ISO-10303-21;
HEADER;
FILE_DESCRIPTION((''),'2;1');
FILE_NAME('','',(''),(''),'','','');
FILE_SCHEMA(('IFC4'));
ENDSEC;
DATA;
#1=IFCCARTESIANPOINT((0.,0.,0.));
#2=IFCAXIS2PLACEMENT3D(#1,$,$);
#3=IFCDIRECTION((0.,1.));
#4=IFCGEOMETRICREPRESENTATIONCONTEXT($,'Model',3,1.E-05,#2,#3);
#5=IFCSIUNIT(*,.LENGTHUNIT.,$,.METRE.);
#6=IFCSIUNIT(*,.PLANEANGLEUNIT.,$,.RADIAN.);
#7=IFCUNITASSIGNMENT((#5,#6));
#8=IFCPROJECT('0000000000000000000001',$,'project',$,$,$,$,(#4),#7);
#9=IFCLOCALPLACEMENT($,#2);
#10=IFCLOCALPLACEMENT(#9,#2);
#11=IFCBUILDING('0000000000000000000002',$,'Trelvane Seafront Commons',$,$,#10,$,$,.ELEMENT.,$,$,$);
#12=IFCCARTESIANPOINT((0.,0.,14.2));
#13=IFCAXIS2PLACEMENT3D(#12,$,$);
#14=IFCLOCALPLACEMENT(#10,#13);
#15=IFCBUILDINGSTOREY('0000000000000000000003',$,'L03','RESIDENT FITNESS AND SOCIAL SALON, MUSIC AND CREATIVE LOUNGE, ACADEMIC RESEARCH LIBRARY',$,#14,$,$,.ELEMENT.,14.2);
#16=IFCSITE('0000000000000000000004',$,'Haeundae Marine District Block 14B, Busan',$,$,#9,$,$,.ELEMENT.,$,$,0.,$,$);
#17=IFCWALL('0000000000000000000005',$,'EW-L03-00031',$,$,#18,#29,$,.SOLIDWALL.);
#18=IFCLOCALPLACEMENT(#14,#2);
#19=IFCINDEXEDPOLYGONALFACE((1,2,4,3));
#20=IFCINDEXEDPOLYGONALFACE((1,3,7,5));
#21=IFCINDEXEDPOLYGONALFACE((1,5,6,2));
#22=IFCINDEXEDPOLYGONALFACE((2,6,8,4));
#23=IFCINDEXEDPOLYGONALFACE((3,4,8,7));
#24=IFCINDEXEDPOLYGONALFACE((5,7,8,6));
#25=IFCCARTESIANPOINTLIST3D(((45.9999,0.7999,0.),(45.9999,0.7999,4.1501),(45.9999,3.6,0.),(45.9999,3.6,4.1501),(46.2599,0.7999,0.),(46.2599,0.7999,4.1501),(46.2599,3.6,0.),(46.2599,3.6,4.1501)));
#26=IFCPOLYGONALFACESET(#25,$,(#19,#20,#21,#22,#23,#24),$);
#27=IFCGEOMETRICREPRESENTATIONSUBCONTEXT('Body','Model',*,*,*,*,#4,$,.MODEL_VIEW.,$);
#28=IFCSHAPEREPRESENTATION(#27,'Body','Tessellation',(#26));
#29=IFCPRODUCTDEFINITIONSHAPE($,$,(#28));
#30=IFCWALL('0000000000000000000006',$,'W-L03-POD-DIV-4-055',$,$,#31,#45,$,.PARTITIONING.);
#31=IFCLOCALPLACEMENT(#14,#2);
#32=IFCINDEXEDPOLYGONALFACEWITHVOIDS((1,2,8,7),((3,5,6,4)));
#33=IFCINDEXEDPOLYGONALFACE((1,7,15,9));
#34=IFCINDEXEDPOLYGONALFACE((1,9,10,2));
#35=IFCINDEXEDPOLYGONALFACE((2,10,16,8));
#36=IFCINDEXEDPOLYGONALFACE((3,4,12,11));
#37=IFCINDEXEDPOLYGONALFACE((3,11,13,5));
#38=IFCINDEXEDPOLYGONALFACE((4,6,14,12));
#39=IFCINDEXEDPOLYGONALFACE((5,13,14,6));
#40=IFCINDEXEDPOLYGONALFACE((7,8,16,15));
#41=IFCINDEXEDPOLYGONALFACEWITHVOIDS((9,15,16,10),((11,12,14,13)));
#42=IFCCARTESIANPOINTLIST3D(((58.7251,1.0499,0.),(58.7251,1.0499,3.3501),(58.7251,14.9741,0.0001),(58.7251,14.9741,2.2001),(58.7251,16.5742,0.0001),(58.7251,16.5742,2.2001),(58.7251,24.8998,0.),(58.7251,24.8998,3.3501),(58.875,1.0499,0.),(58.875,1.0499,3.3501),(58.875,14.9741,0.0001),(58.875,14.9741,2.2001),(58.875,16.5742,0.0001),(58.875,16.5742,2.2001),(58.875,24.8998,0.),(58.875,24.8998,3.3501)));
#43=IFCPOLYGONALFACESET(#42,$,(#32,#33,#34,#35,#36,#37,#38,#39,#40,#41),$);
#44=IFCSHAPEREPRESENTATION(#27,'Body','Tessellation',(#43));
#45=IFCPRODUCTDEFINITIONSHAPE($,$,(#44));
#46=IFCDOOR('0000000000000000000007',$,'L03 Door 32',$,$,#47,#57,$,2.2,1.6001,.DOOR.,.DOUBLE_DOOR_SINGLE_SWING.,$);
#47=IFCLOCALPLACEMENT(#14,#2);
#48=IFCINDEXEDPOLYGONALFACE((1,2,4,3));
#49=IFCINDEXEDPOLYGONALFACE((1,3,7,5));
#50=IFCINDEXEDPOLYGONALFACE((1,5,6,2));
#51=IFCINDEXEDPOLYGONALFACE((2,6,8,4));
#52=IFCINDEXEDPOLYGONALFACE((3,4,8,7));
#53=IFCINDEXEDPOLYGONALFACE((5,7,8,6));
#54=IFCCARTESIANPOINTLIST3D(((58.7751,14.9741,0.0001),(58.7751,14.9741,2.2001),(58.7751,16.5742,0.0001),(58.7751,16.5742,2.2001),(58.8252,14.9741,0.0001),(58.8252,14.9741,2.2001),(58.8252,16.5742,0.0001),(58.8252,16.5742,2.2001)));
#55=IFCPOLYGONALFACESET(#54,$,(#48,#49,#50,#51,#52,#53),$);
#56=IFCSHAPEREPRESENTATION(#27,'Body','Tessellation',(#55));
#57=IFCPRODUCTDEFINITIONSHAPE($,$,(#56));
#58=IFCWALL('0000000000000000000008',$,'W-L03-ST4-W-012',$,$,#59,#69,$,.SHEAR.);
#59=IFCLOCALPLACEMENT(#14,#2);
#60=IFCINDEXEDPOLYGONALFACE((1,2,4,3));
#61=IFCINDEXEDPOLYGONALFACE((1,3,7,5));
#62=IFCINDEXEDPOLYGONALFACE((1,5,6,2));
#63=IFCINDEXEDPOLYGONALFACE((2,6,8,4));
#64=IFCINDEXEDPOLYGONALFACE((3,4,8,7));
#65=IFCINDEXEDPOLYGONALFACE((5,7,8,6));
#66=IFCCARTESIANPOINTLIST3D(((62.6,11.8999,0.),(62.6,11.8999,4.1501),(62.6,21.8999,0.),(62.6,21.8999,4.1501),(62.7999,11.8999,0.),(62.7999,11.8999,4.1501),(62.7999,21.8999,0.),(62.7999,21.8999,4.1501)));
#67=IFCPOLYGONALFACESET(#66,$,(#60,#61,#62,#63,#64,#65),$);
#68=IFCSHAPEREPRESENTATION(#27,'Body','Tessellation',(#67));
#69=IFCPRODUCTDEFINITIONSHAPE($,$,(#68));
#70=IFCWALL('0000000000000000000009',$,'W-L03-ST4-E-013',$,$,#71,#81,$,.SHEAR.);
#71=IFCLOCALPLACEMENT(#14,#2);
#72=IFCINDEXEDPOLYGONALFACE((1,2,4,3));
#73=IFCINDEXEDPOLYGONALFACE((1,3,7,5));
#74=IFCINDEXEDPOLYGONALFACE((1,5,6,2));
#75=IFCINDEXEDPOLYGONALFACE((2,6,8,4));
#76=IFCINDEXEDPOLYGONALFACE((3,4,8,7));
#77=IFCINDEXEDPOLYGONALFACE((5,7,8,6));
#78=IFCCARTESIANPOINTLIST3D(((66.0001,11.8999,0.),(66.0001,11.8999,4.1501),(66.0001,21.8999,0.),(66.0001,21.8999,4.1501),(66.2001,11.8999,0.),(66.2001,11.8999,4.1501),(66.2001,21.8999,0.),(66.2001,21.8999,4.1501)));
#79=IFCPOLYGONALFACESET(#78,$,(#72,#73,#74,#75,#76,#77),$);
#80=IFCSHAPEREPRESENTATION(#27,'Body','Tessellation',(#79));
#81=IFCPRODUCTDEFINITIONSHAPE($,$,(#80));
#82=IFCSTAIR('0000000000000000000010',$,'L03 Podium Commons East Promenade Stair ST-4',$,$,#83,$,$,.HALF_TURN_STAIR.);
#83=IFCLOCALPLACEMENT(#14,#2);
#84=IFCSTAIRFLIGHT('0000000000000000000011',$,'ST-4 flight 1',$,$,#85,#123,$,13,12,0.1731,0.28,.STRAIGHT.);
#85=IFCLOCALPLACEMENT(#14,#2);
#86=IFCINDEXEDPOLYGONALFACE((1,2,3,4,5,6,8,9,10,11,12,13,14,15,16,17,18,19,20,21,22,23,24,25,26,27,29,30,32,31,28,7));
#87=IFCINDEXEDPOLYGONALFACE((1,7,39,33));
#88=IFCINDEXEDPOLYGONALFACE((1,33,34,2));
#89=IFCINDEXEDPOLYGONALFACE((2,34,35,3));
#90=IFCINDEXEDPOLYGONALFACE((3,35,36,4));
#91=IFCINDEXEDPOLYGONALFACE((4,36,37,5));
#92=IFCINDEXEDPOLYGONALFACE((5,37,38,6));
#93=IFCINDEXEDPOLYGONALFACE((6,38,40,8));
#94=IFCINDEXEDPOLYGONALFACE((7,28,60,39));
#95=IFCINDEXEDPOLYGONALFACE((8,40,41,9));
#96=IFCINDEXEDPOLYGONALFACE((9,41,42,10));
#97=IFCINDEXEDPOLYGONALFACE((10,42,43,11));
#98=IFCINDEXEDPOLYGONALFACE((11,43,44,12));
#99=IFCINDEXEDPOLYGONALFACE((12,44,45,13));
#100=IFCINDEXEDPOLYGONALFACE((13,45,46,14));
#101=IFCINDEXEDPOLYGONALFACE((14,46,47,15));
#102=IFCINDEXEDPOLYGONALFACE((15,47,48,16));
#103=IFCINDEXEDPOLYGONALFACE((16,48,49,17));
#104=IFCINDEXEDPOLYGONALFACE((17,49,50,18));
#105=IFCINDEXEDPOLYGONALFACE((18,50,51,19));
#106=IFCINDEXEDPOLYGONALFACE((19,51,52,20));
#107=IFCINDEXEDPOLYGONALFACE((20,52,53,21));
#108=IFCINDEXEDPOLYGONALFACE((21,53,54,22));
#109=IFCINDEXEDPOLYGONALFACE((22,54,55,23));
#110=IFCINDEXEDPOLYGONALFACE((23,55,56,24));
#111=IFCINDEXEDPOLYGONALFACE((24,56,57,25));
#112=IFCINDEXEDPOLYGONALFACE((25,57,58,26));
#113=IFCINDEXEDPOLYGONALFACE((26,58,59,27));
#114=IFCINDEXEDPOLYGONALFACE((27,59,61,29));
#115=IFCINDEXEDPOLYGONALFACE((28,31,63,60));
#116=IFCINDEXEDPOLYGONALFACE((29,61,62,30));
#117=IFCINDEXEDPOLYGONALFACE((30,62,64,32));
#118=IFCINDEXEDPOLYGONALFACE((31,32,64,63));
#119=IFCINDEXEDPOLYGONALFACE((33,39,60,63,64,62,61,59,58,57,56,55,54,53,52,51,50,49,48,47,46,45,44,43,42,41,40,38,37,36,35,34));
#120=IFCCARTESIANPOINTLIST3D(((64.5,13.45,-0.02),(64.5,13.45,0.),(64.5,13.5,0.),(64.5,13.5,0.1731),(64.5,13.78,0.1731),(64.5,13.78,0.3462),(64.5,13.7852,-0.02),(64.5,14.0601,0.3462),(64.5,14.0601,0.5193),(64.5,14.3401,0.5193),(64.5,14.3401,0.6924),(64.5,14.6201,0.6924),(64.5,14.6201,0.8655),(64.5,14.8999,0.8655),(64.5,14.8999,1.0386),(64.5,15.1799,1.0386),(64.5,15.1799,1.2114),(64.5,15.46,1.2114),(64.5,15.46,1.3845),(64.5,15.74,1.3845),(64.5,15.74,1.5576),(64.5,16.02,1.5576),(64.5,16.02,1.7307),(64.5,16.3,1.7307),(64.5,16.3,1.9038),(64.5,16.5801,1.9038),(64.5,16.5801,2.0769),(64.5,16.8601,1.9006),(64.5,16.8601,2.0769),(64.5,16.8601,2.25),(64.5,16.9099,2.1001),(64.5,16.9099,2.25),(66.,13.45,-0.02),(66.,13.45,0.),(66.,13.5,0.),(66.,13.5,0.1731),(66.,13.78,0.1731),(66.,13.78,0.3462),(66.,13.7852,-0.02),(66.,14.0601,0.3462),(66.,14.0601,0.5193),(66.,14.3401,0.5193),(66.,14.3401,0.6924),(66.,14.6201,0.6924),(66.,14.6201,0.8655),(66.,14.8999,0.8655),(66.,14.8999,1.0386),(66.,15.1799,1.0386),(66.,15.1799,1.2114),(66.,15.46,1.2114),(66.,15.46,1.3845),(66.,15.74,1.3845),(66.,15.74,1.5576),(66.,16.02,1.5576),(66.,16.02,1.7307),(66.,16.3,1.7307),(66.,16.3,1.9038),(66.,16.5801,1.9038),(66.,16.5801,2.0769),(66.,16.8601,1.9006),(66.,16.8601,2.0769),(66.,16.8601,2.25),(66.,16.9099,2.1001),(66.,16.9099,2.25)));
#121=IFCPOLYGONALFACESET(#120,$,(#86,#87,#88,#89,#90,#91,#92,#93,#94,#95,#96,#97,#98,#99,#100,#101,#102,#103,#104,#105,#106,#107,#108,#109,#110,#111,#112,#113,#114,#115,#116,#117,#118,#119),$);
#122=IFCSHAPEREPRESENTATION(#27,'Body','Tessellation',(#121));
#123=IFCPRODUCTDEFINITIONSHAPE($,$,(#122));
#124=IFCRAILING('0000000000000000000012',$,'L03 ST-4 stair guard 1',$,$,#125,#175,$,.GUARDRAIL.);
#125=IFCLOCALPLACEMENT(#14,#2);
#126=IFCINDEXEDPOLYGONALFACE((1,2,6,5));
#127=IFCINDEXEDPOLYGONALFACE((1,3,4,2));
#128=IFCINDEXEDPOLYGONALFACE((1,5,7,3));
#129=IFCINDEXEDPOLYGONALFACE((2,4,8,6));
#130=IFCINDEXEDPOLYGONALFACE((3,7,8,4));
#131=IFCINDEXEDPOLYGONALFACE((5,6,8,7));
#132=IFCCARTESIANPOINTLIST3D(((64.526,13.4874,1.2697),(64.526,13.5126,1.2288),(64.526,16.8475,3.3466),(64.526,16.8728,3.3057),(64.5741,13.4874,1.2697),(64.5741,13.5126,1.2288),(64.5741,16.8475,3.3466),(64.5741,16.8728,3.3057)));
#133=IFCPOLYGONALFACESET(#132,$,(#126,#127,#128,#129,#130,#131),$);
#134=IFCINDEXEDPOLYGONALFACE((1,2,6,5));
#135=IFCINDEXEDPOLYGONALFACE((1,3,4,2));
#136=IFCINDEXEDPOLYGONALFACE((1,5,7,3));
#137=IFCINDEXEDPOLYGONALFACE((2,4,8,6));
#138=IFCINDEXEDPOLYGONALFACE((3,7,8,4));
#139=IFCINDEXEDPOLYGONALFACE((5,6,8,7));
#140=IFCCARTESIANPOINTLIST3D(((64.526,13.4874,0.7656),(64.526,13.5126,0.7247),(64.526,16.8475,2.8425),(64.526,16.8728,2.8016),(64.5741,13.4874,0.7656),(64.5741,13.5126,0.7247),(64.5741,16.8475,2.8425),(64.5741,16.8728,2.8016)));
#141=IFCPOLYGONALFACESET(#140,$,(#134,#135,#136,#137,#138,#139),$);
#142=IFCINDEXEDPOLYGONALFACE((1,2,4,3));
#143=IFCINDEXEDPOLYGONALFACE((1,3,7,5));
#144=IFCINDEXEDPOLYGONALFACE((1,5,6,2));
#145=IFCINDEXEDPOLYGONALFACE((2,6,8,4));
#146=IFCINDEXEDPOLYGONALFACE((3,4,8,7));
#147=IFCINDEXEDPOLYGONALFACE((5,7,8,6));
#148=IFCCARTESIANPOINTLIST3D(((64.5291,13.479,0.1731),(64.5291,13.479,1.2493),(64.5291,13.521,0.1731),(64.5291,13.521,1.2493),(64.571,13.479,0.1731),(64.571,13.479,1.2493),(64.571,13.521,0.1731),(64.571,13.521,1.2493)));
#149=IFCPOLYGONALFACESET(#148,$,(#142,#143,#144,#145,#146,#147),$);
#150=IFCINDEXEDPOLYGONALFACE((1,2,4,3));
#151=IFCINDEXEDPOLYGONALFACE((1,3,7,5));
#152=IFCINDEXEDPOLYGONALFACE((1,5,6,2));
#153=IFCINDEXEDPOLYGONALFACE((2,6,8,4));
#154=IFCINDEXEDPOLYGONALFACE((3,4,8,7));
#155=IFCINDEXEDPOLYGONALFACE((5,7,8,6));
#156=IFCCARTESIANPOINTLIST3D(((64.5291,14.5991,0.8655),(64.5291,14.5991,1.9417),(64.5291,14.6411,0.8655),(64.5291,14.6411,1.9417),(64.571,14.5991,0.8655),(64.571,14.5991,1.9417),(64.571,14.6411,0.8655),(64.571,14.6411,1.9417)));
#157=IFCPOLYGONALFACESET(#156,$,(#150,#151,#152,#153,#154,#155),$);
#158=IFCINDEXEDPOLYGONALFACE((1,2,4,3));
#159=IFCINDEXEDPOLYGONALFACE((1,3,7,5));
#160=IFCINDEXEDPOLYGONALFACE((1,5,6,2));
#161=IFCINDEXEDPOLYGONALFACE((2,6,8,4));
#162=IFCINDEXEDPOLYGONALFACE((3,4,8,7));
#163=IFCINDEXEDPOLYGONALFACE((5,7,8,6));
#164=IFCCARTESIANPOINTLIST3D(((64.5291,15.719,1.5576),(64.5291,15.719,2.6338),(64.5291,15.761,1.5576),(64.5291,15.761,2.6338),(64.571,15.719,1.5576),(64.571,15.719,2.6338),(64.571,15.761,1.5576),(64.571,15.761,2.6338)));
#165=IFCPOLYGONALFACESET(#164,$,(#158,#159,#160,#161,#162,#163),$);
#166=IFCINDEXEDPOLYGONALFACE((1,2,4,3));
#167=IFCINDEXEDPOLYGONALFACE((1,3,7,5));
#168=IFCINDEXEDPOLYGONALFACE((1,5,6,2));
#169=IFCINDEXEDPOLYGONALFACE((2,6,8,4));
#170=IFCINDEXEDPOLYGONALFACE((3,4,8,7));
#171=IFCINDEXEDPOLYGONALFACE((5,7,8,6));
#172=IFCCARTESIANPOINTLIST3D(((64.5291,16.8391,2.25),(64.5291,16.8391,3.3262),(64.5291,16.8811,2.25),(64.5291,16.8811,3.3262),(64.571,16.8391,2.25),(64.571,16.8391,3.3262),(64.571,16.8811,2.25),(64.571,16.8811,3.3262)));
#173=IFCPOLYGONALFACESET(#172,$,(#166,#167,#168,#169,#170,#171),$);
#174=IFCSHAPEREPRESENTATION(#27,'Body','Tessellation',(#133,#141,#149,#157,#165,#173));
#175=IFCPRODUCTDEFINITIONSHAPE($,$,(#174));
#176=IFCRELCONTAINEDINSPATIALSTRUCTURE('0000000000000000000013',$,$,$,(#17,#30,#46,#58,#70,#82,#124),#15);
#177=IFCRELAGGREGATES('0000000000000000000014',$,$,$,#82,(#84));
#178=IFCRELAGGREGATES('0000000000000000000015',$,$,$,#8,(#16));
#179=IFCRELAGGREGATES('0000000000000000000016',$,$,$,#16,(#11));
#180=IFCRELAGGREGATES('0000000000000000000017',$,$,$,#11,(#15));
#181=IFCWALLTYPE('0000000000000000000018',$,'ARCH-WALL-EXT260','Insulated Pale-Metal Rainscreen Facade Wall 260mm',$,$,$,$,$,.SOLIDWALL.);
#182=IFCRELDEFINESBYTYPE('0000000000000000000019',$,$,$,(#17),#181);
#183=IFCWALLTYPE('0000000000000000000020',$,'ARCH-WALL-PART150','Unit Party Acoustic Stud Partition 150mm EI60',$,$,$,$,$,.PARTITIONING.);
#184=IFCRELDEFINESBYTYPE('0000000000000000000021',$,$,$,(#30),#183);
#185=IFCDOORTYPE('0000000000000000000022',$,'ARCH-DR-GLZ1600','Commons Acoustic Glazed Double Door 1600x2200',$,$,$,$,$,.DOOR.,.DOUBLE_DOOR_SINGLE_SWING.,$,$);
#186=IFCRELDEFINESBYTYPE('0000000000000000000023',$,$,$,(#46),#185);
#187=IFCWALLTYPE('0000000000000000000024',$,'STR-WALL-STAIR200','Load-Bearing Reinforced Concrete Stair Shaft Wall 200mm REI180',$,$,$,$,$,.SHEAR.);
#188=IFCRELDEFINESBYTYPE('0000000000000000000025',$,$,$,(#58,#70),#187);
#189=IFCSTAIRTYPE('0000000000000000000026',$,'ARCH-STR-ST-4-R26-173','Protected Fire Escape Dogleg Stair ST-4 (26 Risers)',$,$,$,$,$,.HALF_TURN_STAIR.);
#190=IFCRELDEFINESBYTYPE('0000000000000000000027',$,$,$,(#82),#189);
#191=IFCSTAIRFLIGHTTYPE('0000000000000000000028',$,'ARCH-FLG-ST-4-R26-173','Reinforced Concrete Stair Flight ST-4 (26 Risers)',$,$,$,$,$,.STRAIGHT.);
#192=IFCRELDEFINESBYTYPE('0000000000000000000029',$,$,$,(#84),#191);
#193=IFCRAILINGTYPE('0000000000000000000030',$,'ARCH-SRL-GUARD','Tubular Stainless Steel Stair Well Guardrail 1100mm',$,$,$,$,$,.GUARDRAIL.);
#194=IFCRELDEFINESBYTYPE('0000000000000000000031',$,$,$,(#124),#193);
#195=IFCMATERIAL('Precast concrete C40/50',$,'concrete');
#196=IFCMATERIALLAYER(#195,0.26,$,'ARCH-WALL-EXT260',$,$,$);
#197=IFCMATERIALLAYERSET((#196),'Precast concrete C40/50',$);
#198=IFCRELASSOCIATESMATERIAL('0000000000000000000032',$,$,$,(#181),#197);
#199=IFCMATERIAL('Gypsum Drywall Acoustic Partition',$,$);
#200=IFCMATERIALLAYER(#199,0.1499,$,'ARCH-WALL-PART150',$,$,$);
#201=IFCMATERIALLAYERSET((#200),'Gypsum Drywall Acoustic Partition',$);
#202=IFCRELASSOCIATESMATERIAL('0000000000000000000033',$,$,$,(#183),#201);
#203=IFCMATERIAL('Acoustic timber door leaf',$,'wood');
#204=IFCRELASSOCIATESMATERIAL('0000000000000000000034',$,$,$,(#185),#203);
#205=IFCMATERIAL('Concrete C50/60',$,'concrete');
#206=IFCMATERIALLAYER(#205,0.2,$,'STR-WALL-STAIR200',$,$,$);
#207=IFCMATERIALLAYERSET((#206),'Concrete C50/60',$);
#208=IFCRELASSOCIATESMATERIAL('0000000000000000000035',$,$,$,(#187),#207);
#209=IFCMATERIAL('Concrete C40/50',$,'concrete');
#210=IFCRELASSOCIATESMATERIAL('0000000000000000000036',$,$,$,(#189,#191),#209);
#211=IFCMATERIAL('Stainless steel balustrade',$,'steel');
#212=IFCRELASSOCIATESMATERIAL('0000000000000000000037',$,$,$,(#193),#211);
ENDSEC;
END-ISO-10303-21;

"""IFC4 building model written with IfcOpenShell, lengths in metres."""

from ifc_helpers import new_model, si_unit, direction, frame, frame_2d, origin, origin_2d, place, context, subcontext, project, spatial, polyline, rectangle, outline, extrude, source, transform, mapped, material, layer, layer_set, type_object, element, fill, aggregate, save


model = new_model("IFC4")

# Units and contexts
model_context = context("Model", 3, precision=1e-05, world=origin(), true_north=direction((0.0, 1.0)))
body_context = subcontext(model_context, "Body", "Model", "MODEL_VIEW")
ifc_project = project(units=[si_unit("LENGTHUNIT", "METRE"), si_unit("PLANEANGLEUNIT", "RADIAN")], contexts=[model_context])

# Site, building, storey
site_placement = place(None, origin())
site = spatial("IfcSite", under=ifc_project, at=site_placement, Name="Haeundae Marine District Block 14B, Busan", CompositionType="ELEMENT", RefElevation=0.0)
building_placement = place(site_placement, origin())
building = spatial("IfcBuilding", under=site, at=building_placement, Name="Trelvane Seafront Commons", CompositionType="ELEMENT")
storey_placement = place(building_placement, frame((0.0, 0.0, 14.2)))
storey = spatial("IfcBuildingStorey", under=building, at=storey_placement, Name="L03", Description="RESIDENT FITNESS AND SOCIAL SALON, MUSIC AND CREATIVE LOUNGE, ACADEMIC RESEARCH LIBRARY", CompositionType="ELEMENT", Elevation=14.2)

# Shared definitions
ifc_material_1 = material(Name="Concrete C50/60", Category="concrete")

# Shared definitions
ifc_material_2 = material(Name="Precast concrete C40/50", Category="concrete")
ifc_layer_1 = layer(ifc_material_2, 0.26, Name="ARCH-WALL-EXT260")
ifc_layer_set_1 = layer_set([ifc_layer_1], Name="Precast concrete C40/50")
wall_type_1 = type_object("IfcWallType", Name="ARCH-WALL-EXT260", Description="Insulated Pale-Metal Rainscreen Facade Wall 260mm", PredefinedType="SOLIDWALL", material=ifc_layer_set_1)

# Wall
wall_1_placement = place(storey_placement, frame((46.1299, 0.8, 0.0), z_axis=(0.0, 0.0, 1.0), x_axis=(0.0, 1.0, 0.0)))
element("IfcWall", 1, at=wall_1_placement, inside=storey, type_object=wall_type_1, Name="EW-L03-00031", PredefinedType="SOLIDWALL", context=body_context, shape_type="SweptSolid", body=[
    extrude(rectangle(XDim=2.8, YDim=0.26, at=frame_2d((1.3999, 0.0))), origin(), (0.0, 0.0, 1.0), 4.1501),
])

# Wall, opening, door
ifc_material_3 = material(Name="Gypsum Drywall Acoustic Partition")
ifc_layer_2 = layer(ifc_material_3, 0.1499, Name="ARCH-WALL-PART150")
ifc_layer_set_2 = layer_set([ifc_layer_2], Name="Gypsum Drywall Acoustic Partition")
wall_type_2 = type_object("IfcWallType", Name="ARCH-WALL-PART150", Description="Unit Party Acoustic Stud Partition 150mm EI60", PredefinedType="PARTITIONING", material=ifc_layer_set_2)
wall_2_placement = place(storey_placement, frame((58.8, 1.05, 0.0), z_axis=(0.0, 0.0, 1.0), x_axis=(0.0, 1.0, 0.0)))
wall_2 = element("IfcWall", 2, at=wall_2_placement, inside=storey, type_object=wall_type_2, Name="W-L03-POD-DIV-4-055", PredefinedType="PARTITIONING", context=body_context, shape_type="SweptSolid", body=[
    extrude(rectangle(XDim=23.8499, YDim=0.1499, at=frame_2d((11.9248, 0.0))), origin(), (0.0, 0.0, 1.0), 3.3501),
])
opening_1_placement = place(wall_2_placement, frame((13.9241, 0.0, 0.0)))
opening_1 = element("IfcOpeningElement", 3, at=opening_1_placement, cuts=wall_2, PredefinedType="OPENING", context=body_context, shape_type="SweptSolid", body=[
    extrude(rectangle(XDim=1.6001, YDim=2.2, at=frame_2d((0.8, 1.1001))), frame((0.0, 0.085, 0.0), z_axis=(0.0, -1.0, 0.0), x_axis=(1.0, 0.0, 0.0)), (0.0, 0.0, 1.0), 0.1699),
])
ifc_material_4 = material(Name="Acoustic timber door leaf", Category="wood")
door_type_1 = type_object("IfcDoorType", Name="ARCH-DR-GLZ1600", Description="Commons Acoustic Glazed Double Door 1600x2200", OperationType="DOUBLE_DOOR_SINGLE_SWING", PredefinedType="DOOR", material=ifc_material_4)
shared_shape_1 = source(origin(), body_context, "Body", "SweptSolid", [
    extrude(rectangle(XDim=1.6001, YDim=2.2, at=frame_2d((0.8, 1.1001))), frame((0.0, 0.0249, 0.0), z_axis=(0.0, -1.0, 0.0), x_axis=(1.0, 0.0, 0.0)), (0.0, 0.0, 1.0), 0.05),
])
door_1_placement = place(opening_1_placement, origin())
door_1 = element("IfcDoor", 4, at=door_1_placement, inside=storey, type_object=door_type_1, Name="L03 Door 32", OperationType="DOUBLE_DOOR_SINGLE_SWING", OverallHeight=2.2, OverallWidth=1.6001, PredefinedType="DOOR", context=body_context, shape_type="MappedRepresentation", body=[
    mapped(shared_shape_1, transform((0.0, 0.0, 0.0), x_axis=(1.0, 0.0, 0.0), y_axis=(0.0, 1.0, 0.0), z_axis=(0.0, 0.0, 1.0), scale=1.0)),
])
fill(opening_1, door_1)

# Walls
ifc_layer_3 = layer(ifc_material_1, 0.2, Name="STR-WALL-STAIR200")
ifc_layer_set_3 = layer_set([ifc_layer_3], Name="Concrete C50/60")
wall_type_3 = type_object("IfcWallType", Name="STR-WALL-STAIR200", Description="Load-Bearing Reinforced Concrete Stair Shaft Wall 200mm REI180", PredefinedType="SHEAR", material=ifc_layer_set_3)
for number, where, z_axis, x_axis, name in (
    (5, (62.7, 11.8999, 0.0), (0.0, 0.0, 1.0), (0.0, 1.0, 0.0), "W-L03-ST4-W-012"),
    (6, (66.1001, 11.8999, 0.0), (0.0, 0.0, 1.0), (0.0, 1.0, 0.0), "W-L03-ST4-E-013"),
):
    element("IfcWall", number, at=place(storey_placement, frame(where, z_axis=z_axis, x_axis=x_axis)), inside=storey, type_object=wall_type_3, Name=name, PredefinedType="SHEAR", context=body_context, shape_type="SweptSolid", body=[
        extrude(rectangle(XDim=10.0, YDim=0.2, at=frame_2d((5.0, 0.0))), origin(), (0.0, 0.0, 1.0), 4.1501),
    ])

# Stair, stair flight
ifc_material_5 = material(Name="Concrete C40/50", Category="concrete")
stair_type = type_object("IfcStairType", Name="ARCH-STR-ST-4-R26-173", Description="Protected Fire Escape Dogleg Stair ST-4 (26 Risers)", PredefinedType="HALF_TURN_STAIR", material=ifc_material_5)
stair_placement = place(storey_placement, origin())
stair = element("IfcStair", 7, at=stair_placement, inside=storey, type_object=stair_type, Name="L03 Podium Commons East Promenade Stair ST-4", PredefinedType="HALF_TURN_STAIR")
stair_flight_type = type_object("IfcStairFlightType", Name="ARCH-FLG-ST-4-R26-173", Description="Reinforced Concrete Stair Flight ST-4 (26 Risers)", PredefinedType="STRAIGHT", material=ifc_material_5)
shared_shape_2 = source(origin(), body_context, "Body", "SweptSolid", [
    extrude(outline(polyline([(-0.05, -0.02), (-0.05, 0.0), (0.0, 0.0), (0.0, 0.1731), (0.28, 0.1731), (0.28, 0.3462), (0.5601, 0.3462), (0.5601, 0.5193), (0.8401, 0.5193), (0.8401, 0.6924), (1.1201, 0.6924), (1.1201, 0.8655), (1.3999, 0.8655), (1.3999, 1.0386), (1.6799, 1.0386), (1.6799, 1.2114), (1.96, 1.2114), (1.96, 1.3845), (2.24, 1.3845), (2.24, 1.5576), (2.52, 1.5576), (2.52, 1.7307), (2.8, 1.7307), (2.8, 1.9038), (3.0801, 1.9038), (3.0801, 2.0769), (3.3601, 2.0769), (3.3601, 2.25), (3.4099, 2.25), (3.4099, 2.1001), (3.3601, 1.9006), (0.2852, -0.02), (-0.05, -0.02)])), frame((0.0, 0.75, 0.0), z_axis=(0.0, -1.0, 0.0), x_axis=(1.0, 0.0, 0.0)), (0.0, 0.0, 1.0), 1.5),
])
stair_flight_placement = place(storey_placement, frame((65.25, 13.5, 0.0), z_axis=(0.0, 0.0, 1.0), x_axis=(0.0, 1.0, 0.0)))
stair_flight = element("IfcStairFlight", 8, at=stair_flight_placement, type_object=stair_flight_type, Name="ST-4 flight 1", NumberOfRisers=13, NumberOfTreads=12, PredefinedType="STRAIGHT", RiserHeight=0.1731, TreadLength=0.28, context=body_context, shape_type="MappedRepresentation", body=[
    mapped(shared_shape_2, transform((0.0, 0.0, 0.0), x_axis=(1.0, 0.0, 0.0), y_axis=(0.0, 1.0, 0.0), z_axis=(0.0, 0.0, 1.0), scale=1.0)),
])
aggregate(stair, [stair_flight])

# Railing
ifc_material_6 = material(Name="Stainless steel balustrade", Category="steel")
railing_type_1 = type_object("IfcRailingType", Name="ARCH-SRL-GUARD", Description="Tubular Stainless Steel Stair Well Guardrail 1100mm", PredefinedType="GUARDRAIL", material=ifc_material_6)
railing_1_placement = place(storey_placement, frame((64.55, 13.5, 0.1731)))
element("IfcRailing", 9, at=railing_1_placement, inside=storey, type_object=railing_type_1, Name="L03 ST-4 stair guard 1", PredefinedType="GUARDRAIL", context=body_context, shape_type="SweptSolid", body=[
    extrude(rectangle(XDim=0.0481, YDim=0.0481, at=origin_2d()), frame((0.0, 0.0, 1.0762), z_axis=(0.0, 0.850623, 0.525776), x_axis=(-1.0, 0.0, 0.0)), (0.0, 0.0, 1.0), 3.9502),
    extrude(rectangle(XDim=0.0481, YDim=0.0481, at=origin_2d()), frame((0.0, 0.0, 0.572), z_axis=(0.0, 0.850623, 0.525776), x_axis=(-1.0, 0.0, 0.0)), (0.0, 0.0, 1.0), 3.9502),
    extrude(rectangle(XDim=0.042, YDim=0.042, at=origin_2d()), origin(), (0.0, 0.0, 1.0), 1.0762),
    extrude(rectangle(XDim=0.042, YDim=0.042, at=origin_2d()), frame((0.0, 1.1201, 0.6924)), (0.0, 0.0, 1.0), 1.0762),
    extrude(rectangle(XDim=0.042, YDim=0.042, at=origin_2d()), frame((0.0, 2.24, 1.3845)), (0.0, 0.0, 1.0), 1.0762),
    extrude(rectangle(XDim=0.042, YDim=0.042, at=origin_2d()), frame((0.0, 3.3601, 2.0769)), (0.0, 0.0, 1.0), 1.0762),
])

save(model, "model.ifc")
